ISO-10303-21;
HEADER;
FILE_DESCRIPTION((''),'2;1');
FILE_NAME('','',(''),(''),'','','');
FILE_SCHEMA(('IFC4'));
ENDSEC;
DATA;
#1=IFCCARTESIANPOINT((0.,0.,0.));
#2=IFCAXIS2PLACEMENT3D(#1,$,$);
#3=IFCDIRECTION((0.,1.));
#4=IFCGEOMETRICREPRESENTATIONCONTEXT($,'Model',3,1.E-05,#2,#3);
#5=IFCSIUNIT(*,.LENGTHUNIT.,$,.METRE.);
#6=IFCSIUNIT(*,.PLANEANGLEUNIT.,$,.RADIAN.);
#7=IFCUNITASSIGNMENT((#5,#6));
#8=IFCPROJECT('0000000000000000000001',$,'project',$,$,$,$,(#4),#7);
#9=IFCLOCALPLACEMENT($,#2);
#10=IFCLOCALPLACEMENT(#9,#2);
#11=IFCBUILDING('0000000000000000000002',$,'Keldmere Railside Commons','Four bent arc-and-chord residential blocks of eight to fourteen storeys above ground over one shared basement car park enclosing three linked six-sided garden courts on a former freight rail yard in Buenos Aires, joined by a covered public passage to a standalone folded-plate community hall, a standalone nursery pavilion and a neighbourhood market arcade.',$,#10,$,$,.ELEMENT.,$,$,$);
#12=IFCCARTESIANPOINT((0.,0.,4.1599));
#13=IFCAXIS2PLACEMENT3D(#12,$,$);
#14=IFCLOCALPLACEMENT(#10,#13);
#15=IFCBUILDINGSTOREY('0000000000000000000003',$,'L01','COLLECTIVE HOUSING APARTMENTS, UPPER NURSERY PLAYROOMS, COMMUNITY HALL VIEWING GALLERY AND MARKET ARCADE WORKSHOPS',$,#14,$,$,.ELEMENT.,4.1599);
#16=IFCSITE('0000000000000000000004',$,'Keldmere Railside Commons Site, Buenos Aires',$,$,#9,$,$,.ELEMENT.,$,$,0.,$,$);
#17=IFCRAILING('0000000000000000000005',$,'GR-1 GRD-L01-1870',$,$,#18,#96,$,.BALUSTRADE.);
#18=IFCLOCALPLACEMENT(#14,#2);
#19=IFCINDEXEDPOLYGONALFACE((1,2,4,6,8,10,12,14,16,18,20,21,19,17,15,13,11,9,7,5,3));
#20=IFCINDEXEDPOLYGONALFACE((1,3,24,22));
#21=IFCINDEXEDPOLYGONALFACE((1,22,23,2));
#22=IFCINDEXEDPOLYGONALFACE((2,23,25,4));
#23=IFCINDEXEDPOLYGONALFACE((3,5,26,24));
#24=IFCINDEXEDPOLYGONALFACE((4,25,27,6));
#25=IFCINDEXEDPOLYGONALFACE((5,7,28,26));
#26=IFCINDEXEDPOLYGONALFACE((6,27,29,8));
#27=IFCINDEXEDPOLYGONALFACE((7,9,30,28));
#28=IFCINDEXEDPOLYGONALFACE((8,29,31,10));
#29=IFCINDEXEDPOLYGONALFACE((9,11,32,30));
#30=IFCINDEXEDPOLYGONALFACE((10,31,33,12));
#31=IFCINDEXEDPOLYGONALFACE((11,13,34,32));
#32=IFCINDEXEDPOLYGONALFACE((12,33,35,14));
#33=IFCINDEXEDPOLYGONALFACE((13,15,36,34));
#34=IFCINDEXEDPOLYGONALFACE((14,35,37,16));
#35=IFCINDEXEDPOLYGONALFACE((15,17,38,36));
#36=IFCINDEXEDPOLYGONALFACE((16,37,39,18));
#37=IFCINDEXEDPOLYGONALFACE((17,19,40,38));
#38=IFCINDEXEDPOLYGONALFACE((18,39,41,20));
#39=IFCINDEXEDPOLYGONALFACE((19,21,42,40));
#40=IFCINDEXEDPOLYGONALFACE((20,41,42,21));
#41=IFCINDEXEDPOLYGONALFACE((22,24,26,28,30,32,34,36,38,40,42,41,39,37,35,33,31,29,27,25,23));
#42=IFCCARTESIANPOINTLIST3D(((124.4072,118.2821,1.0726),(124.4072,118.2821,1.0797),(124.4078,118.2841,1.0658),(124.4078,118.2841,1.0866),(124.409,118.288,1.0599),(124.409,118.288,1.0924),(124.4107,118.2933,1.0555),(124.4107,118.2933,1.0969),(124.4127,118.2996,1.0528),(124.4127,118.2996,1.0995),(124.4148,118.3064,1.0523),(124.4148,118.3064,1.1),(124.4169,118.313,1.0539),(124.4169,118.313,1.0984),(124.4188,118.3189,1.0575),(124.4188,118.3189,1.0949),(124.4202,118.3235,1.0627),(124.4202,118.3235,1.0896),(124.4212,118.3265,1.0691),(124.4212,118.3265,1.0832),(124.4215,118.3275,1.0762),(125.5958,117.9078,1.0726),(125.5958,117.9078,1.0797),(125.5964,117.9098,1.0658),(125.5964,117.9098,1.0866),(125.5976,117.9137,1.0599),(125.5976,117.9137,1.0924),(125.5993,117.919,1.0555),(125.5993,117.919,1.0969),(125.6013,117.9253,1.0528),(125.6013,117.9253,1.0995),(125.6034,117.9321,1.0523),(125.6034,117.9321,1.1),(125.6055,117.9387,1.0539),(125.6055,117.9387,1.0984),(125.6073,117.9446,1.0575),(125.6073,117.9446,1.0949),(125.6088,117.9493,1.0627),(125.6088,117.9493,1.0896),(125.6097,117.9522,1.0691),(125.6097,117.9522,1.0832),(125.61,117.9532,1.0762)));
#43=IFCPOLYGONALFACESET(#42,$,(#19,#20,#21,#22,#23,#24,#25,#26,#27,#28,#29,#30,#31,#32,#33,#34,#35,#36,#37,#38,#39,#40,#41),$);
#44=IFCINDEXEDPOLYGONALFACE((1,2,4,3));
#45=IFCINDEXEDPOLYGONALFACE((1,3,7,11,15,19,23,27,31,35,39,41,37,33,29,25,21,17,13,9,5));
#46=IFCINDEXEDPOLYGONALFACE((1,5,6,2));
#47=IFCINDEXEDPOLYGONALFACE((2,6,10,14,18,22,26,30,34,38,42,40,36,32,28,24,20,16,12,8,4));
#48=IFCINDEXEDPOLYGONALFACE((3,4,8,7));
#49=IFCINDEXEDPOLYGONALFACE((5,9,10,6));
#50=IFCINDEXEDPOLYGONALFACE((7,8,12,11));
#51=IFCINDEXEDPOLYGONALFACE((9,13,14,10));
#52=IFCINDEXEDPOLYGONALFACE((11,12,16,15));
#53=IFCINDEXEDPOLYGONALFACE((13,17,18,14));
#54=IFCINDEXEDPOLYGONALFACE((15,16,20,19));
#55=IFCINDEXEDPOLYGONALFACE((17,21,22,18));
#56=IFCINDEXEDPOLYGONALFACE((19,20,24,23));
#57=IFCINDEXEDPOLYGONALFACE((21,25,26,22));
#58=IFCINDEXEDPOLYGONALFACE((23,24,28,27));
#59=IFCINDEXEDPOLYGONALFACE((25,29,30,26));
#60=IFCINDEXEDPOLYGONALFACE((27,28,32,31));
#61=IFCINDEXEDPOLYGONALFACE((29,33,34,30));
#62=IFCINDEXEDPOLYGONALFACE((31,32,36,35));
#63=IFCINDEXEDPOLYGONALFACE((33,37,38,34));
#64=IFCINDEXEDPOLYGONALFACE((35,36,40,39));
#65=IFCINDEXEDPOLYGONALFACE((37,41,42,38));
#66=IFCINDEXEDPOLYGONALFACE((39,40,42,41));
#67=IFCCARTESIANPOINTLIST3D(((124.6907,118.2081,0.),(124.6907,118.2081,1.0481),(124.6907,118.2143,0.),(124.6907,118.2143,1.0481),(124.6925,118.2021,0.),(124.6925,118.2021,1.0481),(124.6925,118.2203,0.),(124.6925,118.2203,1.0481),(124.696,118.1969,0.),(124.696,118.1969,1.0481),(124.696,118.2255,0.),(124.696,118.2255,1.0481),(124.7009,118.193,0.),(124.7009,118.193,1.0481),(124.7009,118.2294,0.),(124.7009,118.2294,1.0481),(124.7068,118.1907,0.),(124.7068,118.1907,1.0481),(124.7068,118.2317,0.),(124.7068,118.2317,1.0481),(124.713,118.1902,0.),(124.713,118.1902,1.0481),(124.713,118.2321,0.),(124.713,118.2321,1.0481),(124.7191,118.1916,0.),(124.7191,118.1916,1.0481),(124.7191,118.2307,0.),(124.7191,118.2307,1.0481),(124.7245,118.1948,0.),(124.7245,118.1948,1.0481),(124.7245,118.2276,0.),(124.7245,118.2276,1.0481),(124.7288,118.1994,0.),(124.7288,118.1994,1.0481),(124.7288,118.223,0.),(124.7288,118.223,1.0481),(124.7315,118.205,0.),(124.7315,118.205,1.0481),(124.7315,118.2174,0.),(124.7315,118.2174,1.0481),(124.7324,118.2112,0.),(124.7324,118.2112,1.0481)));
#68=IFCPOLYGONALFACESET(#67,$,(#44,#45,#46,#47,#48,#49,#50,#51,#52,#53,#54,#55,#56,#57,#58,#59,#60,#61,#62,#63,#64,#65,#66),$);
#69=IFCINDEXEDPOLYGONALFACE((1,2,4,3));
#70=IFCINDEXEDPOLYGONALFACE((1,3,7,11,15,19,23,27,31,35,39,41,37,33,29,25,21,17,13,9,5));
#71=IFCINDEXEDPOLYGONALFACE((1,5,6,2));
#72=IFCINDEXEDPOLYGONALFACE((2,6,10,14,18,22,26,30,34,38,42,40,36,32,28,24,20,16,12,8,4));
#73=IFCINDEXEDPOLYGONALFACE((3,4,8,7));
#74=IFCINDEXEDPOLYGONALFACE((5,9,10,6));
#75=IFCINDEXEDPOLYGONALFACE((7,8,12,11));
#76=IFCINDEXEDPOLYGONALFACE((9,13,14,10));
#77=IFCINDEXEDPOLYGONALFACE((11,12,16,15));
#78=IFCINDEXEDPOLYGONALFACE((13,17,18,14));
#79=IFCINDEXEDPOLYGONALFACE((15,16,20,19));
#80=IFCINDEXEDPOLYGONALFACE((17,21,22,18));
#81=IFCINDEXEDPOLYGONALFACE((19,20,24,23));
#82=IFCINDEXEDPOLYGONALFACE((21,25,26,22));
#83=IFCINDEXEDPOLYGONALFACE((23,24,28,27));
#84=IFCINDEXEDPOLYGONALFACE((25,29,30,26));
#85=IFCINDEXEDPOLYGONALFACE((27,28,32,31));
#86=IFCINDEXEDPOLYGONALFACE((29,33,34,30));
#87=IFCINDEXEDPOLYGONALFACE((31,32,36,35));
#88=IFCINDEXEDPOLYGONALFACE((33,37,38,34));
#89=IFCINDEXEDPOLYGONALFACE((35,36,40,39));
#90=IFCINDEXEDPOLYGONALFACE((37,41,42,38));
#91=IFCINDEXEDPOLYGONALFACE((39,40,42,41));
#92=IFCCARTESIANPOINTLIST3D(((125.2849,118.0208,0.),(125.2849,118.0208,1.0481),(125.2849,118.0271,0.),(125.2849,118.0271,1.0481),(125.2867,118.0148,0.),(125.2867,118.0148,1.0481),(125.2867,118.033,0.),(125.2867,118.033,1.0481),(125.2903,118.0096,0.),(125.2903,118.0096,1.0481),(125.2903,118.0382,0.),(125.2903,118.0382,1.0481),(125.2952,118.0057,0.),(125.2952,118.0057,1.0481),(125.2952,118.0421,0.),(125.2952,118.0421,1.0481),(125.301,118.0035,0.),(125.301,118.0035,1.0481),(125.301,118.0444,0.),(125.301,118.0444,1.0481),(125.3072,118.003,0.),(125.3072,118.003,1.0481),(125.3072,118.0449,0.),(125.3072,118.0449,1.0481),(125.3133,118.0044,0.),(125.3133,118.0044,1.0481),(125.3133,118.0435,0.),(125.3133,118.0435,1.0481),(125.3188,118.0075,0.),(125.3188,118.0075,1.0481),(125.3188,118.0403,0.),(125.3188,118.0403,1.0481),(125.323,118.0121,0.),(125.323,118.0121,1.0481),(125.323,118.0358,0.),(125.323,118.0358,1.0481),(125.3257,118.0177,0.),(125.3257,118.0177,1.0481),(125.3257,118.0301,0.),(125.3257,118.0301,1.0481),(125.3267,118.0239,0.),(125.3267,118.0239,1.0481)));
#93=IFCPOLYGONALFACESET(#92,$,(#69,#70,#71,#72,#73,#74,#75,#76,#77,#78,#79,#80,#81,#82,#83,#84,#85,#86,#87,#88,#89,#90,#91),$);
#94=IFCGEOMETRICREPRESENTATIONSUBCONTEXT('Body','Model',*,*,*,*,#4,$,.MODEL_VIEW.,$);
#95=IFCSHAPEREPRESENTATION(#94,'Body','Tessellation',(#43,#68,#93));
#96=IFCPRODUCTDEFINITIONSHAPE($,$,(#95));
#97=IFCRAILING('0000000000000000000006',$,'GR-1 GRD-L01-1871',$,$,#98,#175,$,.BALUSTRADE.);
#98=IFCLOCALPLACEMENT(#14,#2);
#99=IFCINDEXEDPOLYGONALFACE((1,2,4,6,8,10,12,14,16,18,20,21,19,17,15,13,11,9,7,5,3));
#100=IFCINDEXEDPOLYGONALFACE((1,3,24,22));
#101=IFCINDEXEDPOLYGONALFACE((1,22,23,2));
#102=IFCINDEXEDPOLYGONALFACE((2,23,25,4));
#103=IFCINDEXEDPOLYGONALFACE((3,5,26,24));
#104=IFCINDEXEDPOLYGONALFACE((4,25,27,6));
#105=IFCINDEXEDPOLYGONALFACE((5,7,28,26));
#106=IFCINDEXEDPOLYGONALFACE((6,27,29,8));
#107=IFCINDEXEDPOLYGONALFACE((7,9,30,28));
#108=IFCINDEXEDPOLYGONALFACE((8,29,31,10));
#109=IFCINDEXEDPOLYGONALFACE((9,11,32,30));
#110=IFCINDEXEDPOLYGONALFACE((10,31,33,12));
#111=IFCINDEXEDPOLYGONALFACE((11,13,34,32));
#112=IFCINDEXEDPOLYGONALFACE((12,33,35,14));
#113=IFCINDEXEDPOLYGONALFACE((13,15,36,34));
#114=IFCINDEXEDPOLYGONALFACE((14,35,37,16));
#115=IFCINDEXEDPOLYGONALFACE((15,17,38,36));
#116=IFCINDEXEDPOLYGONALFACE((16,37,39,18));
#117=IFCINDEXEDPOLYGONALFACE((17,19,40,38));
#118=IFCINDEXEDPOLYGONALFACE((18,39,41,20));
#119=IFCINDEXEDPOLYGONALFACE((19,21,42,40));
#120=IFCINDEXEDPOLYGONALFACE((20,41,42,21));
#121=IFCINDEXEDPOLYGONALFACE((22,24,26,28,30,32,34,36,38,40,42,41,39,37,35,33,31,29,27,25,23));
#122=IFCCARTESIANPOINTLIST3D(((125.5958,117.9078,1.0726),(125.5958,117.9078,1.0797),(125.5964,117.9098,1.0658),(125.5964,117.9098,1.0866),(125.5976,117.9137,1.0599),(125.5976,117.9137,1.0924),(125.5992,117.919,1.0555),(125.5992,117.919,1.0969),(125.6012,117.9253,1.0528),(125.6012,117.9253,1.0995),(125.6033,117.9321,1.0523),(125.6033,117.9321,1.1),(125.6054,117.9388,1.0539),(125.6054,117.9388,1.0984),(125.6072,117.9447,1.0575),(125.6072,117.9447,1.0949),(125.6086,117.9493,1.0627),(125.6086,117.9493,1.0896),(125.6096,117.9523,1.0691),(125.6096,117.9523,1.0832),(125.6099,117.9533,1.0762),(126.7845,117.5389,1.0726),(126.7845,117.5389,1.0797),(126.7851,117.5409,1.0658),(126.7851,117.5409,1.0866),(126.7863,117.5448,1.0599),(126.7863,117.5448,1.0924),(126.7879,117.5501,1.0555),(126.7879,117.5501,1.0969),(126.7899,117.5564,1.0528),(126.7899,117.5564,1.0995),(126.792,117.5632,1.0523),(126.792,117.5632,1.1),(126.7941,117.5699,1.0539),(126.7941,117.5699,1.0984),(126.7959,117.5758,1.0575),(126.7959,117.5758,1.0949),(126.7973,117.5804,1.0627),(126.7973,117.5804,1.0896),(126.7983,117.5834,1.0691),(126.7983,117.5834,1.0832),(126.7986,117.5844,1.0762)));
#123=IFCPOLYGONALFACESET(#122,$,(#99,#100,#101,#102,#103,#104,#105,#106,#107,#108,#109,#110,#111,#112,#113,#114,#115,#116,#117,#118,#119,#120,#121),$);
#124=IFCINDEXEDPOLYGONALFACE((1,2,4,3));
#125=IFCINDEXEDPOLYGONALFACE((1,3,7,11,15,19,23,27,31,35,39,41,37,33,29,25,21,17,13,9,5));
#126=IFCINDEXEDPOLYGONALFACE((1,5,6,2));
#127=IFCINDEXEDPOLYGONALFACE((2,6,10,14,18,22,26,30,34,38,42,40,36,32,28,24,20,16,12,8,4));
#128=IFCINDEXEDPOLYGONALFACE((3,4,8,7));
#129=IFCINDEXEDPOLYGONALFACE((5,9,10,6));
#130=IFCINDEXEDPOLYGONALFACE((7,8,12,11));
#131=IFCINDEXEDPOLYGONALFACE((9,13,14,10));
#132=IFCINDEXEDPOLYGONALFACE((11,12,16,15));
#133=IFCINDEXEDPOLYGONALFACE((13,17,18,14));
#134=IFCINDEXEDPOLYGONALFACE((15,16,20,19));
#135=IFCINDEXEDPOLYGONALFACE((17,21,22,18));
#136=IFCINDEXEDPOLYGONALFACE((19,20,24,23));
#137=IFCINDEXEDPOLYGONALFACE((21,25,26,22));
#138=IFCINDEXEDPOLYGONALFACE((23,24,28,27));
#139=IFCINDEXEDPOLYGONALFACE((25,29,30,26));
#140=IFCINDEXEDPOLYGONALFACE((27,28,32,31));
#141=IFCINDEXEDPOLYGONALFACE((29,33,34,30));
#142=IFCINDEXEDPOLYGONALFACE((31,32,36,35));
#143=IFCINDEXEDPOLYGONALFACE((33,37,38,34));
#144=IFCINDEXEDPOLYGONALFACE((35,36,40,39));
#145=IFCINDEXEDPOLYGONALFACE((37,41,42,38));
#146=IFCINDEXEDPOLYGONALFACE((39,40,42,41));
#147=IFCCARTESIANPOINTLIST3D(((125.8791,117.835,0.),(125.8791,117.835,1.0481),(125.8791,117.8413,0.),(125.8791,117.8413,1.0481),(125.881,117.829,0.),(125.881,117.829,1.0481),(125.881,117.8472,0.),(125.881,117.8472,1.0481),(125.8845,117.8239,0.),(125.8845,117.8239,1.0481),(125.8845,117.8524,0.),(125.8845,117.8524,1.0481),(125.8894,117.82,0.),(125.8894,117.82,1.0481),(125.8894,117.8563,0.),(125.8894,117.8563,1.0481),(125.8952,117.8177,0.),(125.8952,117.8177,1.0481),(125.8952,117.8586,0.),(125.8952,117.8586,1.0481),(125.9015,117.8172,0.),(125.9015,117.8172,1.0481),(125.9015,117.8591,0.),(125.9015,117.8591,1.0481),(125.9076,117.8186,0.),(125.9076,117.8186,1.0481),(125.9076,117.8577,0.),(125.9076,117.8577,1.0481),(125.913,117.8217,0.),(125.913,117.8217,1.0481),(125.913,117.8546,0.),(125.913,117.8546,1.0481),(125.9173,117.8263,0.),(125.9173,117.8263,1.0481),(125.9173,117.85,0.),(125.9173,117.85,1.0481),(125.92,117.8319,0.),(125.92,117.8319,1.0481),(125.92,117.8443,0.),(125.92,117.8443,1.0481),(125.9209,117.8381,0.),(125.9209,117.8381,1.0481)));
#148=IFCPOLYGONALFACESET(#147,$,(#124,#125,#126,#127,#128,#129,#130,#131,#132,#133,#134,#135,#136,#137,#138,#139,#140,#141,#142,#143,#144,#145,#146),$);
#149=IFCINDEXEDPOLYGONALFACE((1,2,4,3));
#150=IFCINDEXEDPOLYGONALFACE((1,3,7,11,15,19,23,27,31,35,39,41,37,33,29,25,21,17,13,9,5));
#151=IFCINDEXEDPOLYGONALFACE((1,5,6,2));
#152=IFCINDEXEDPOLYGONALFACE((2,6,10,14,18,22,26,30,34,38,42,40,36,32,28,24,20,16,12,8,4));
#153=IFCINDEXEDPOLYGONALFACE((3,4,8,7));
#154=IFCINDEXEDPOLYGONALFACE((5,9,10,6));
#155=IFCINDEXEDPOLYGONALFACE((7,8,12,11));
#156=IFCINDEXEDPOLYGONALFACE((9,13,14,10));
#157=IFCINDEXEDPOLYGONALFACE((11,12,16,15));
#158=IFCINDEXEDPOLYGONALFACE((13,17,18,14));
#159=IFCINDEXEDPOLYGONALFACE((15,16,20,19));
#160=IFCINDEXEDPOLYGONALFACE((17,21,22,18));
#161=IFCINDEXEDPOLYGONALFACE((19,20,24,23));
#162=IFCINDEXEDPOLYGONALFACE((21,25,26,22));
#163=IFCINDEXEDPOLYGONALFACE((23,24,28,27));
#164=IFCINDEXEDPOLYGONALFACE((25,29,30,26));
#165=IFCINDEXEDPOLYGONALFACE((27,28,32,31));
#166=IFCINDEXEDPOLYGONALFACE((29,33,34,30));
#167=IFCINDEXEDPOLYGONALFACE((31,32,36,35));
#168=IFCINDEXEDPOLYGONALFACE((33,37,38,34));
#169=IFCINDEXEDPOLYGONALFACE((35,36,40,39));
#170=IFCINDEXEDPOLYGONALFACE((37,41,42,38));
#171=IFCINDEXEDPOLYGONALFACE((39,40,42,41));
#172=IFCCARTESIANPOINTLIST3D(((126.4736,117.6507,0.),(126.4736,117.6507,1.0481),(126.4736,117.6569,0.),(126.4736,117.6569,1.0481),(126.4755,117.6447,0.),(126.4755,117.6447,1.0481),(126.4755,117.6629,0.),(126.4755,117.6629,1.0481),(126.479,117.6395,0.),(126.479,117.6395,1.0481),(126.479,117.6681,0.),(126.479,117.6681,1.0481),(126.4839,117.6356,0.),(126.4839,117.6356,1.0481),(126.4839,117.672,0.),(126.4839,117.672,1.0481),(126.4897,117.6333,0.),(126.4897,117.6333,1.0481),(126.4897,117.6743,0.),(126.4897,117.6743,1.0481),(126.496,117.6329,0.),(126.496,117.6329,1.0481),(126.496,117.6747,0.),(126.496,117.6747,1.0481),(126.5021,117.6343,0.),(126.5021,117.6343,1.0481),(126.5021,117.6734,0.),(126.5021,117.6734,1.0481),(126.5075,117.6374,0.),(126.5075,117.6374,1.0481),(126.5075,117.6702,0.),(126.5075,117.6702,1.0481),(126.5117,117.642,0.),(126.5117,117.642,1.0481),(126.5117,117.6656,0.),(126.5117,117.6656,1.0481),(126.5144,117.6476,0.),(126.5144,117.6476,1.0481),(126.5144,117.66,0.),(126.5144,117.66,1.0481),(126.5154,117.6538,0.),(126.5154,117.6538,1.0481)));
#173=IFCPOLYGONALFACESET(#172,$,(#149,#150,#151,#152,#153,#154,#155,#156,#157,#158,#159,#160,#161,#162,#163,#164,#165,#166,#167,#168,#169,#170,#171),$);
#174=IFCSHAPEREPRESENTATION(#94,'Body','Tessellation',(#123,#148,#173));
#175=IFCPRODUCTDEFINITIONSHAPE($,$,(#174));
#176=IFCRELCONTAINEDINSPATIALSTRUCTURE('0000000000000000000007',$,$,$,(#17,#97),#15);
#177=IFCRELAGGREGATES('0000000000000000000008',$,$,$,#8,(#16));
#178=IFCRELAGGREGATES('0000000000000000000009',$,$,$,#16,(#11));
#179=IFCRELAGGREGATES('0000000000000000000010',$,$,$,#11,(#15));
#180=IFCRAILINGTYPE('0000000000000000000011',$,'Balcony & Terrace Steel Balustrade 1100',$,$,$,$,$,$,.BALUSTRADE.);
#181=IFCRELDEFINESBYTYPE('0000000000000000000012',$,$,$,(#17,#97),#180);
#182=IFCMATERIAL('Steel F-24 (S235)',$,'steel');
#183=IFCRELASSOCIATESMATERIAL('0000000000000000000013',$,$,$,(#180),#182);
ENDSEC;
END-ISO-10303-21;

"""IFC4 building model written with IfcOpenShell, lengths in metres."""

from ifc_helpers import new_model, si_unit, direction, frame, origin, origin_2d, place, context, subcontext, project, spatial, circle, extrude, material, type_object, element, save


model = new_model("IFC4")

# Units and contexts
model_context = context("Model", 3, precision=1e-05, world=origin(), true_north=direction((0.0, 1.0)))
body_context = subcontext(model_context, "Body", "Model", "MODEL_VIEW")
ifc_project = project(units=[si_unit("LENGTHUNIT", "METRE"), si_unit("PLANEANGLEUNIT", "RADIAN")], contexts=[model_context])

# Site, building, storey
site_placement = place(None, origin())
site = spatial("IfcSite", under=ifc_project, at=site_placement, Name="Keldmere Railside Commons Site, Buenos Aires", CompositionType="ELEMENT", RefElevation=0.0)
building_placement = place(site_placement, origin())
building = spatial("IfcBuilding", under=site, at=building_placement, Name="Keldmere Railside Commons", Description="Four bent arc-and-chord residential blocks of eight to fourteen storeys above ground over one shared basement car park enclosing three linked six-sided garden courts on a former freight rail yard in Buenos Aires, joined by a covered public passage to a standalone folded-plate community hall, a standalone nursery pavilion and a neighbourhood market arcade.", CompositionType="ELEMENT")
storey_placement = place(building_placement, frame((0.0, 0.0, 4.1599)))
storey = spatial("IfcBuildingStorey", under=building, at=storey_placement, Name="L01", Description="COLLECTIVE HOUSING APARTMENTS, UPPER NURSERY PLAYROOMS, COMMUNITY HALL VIEWING GALLERY AND MARKET ARCADE WORKSHOPS", CompositionType="ELEMENT", Elevation=4.1599)

# Railings
ifc_material_1 = material(Name="Steel F-24 (S235)", Category="steel")
railing_type = type_object("IfcRailingType", Name="Balcony & Terrace Steel Balustrade 1100", PredefinedType="BALUSTRADE", material=ifc_material_1)
railing_1_placement = place(storey_placement, frame((124.4143, 118.3047, 0.0)))
element("IfcRailing", 1, at=railing_1_placement, inside=storey, type_object=railing_type, Name="GR-1 GRD-L01-1870", PredefinedType="BALUSTRADE", context=body_context, shape_type="SweptSolid", body=[
    extrude(circle(Radius=0.0239, at=origin_2d()), frame((0.0, 0.0, 1.0762), z_axis=(0.953822, -0.300372, 0.0), x_axis=(0.300372, 0.953822, 0.0)), (0.0, 0.0, 1.0), 1.2461),
    extrude(circle(Radius=0.021, at=origin_2d()), frame((0.2971, -0.0935, 0.0)), (0.0, 0.0, 1.0), 1.0481),
    extrude(circle(Radius=0.021, at=origin_2d()), frame((0.8914, -0.2808, 0.0)), (0.0, 0.0, 1.0), 1.0481),
])
railing_2_placement = place(storey_placement, frame((125.6028, 117.9304, 0.0)))
element("IfcRailing", 2, at=railing_2_placement, inside=storey, type_object=railing_type, Name="GR-1 GRD-L01-1871", PredefinedType="BALUSTRADE", context=body_context, shape_type="SweptSolid", body=[
    extrude(circle(Radius=0.0239, at=origin_2d()), frame((0.0, 0.0, 1.0762), z_axis=(0.955068, -0.296387, 0.0), x_axis=(0.296387, 0.955068, 0.0)), (0.0, 0.0, 1.0), 1.2446),
    extrude(circle(Radius=0.021, at=origin_2d()), frame((0.2971, -0.0923, 0.0)), (0.0, 0.0, 1.0), 1.0481),
    extrude(circle(Radius=0.021, at=origin_2d()), frame((0.8916, -0.2766, 0.0)), (0.0, 0.0, 1.0), 1.0481),
])

save(model, "model.ifc")
